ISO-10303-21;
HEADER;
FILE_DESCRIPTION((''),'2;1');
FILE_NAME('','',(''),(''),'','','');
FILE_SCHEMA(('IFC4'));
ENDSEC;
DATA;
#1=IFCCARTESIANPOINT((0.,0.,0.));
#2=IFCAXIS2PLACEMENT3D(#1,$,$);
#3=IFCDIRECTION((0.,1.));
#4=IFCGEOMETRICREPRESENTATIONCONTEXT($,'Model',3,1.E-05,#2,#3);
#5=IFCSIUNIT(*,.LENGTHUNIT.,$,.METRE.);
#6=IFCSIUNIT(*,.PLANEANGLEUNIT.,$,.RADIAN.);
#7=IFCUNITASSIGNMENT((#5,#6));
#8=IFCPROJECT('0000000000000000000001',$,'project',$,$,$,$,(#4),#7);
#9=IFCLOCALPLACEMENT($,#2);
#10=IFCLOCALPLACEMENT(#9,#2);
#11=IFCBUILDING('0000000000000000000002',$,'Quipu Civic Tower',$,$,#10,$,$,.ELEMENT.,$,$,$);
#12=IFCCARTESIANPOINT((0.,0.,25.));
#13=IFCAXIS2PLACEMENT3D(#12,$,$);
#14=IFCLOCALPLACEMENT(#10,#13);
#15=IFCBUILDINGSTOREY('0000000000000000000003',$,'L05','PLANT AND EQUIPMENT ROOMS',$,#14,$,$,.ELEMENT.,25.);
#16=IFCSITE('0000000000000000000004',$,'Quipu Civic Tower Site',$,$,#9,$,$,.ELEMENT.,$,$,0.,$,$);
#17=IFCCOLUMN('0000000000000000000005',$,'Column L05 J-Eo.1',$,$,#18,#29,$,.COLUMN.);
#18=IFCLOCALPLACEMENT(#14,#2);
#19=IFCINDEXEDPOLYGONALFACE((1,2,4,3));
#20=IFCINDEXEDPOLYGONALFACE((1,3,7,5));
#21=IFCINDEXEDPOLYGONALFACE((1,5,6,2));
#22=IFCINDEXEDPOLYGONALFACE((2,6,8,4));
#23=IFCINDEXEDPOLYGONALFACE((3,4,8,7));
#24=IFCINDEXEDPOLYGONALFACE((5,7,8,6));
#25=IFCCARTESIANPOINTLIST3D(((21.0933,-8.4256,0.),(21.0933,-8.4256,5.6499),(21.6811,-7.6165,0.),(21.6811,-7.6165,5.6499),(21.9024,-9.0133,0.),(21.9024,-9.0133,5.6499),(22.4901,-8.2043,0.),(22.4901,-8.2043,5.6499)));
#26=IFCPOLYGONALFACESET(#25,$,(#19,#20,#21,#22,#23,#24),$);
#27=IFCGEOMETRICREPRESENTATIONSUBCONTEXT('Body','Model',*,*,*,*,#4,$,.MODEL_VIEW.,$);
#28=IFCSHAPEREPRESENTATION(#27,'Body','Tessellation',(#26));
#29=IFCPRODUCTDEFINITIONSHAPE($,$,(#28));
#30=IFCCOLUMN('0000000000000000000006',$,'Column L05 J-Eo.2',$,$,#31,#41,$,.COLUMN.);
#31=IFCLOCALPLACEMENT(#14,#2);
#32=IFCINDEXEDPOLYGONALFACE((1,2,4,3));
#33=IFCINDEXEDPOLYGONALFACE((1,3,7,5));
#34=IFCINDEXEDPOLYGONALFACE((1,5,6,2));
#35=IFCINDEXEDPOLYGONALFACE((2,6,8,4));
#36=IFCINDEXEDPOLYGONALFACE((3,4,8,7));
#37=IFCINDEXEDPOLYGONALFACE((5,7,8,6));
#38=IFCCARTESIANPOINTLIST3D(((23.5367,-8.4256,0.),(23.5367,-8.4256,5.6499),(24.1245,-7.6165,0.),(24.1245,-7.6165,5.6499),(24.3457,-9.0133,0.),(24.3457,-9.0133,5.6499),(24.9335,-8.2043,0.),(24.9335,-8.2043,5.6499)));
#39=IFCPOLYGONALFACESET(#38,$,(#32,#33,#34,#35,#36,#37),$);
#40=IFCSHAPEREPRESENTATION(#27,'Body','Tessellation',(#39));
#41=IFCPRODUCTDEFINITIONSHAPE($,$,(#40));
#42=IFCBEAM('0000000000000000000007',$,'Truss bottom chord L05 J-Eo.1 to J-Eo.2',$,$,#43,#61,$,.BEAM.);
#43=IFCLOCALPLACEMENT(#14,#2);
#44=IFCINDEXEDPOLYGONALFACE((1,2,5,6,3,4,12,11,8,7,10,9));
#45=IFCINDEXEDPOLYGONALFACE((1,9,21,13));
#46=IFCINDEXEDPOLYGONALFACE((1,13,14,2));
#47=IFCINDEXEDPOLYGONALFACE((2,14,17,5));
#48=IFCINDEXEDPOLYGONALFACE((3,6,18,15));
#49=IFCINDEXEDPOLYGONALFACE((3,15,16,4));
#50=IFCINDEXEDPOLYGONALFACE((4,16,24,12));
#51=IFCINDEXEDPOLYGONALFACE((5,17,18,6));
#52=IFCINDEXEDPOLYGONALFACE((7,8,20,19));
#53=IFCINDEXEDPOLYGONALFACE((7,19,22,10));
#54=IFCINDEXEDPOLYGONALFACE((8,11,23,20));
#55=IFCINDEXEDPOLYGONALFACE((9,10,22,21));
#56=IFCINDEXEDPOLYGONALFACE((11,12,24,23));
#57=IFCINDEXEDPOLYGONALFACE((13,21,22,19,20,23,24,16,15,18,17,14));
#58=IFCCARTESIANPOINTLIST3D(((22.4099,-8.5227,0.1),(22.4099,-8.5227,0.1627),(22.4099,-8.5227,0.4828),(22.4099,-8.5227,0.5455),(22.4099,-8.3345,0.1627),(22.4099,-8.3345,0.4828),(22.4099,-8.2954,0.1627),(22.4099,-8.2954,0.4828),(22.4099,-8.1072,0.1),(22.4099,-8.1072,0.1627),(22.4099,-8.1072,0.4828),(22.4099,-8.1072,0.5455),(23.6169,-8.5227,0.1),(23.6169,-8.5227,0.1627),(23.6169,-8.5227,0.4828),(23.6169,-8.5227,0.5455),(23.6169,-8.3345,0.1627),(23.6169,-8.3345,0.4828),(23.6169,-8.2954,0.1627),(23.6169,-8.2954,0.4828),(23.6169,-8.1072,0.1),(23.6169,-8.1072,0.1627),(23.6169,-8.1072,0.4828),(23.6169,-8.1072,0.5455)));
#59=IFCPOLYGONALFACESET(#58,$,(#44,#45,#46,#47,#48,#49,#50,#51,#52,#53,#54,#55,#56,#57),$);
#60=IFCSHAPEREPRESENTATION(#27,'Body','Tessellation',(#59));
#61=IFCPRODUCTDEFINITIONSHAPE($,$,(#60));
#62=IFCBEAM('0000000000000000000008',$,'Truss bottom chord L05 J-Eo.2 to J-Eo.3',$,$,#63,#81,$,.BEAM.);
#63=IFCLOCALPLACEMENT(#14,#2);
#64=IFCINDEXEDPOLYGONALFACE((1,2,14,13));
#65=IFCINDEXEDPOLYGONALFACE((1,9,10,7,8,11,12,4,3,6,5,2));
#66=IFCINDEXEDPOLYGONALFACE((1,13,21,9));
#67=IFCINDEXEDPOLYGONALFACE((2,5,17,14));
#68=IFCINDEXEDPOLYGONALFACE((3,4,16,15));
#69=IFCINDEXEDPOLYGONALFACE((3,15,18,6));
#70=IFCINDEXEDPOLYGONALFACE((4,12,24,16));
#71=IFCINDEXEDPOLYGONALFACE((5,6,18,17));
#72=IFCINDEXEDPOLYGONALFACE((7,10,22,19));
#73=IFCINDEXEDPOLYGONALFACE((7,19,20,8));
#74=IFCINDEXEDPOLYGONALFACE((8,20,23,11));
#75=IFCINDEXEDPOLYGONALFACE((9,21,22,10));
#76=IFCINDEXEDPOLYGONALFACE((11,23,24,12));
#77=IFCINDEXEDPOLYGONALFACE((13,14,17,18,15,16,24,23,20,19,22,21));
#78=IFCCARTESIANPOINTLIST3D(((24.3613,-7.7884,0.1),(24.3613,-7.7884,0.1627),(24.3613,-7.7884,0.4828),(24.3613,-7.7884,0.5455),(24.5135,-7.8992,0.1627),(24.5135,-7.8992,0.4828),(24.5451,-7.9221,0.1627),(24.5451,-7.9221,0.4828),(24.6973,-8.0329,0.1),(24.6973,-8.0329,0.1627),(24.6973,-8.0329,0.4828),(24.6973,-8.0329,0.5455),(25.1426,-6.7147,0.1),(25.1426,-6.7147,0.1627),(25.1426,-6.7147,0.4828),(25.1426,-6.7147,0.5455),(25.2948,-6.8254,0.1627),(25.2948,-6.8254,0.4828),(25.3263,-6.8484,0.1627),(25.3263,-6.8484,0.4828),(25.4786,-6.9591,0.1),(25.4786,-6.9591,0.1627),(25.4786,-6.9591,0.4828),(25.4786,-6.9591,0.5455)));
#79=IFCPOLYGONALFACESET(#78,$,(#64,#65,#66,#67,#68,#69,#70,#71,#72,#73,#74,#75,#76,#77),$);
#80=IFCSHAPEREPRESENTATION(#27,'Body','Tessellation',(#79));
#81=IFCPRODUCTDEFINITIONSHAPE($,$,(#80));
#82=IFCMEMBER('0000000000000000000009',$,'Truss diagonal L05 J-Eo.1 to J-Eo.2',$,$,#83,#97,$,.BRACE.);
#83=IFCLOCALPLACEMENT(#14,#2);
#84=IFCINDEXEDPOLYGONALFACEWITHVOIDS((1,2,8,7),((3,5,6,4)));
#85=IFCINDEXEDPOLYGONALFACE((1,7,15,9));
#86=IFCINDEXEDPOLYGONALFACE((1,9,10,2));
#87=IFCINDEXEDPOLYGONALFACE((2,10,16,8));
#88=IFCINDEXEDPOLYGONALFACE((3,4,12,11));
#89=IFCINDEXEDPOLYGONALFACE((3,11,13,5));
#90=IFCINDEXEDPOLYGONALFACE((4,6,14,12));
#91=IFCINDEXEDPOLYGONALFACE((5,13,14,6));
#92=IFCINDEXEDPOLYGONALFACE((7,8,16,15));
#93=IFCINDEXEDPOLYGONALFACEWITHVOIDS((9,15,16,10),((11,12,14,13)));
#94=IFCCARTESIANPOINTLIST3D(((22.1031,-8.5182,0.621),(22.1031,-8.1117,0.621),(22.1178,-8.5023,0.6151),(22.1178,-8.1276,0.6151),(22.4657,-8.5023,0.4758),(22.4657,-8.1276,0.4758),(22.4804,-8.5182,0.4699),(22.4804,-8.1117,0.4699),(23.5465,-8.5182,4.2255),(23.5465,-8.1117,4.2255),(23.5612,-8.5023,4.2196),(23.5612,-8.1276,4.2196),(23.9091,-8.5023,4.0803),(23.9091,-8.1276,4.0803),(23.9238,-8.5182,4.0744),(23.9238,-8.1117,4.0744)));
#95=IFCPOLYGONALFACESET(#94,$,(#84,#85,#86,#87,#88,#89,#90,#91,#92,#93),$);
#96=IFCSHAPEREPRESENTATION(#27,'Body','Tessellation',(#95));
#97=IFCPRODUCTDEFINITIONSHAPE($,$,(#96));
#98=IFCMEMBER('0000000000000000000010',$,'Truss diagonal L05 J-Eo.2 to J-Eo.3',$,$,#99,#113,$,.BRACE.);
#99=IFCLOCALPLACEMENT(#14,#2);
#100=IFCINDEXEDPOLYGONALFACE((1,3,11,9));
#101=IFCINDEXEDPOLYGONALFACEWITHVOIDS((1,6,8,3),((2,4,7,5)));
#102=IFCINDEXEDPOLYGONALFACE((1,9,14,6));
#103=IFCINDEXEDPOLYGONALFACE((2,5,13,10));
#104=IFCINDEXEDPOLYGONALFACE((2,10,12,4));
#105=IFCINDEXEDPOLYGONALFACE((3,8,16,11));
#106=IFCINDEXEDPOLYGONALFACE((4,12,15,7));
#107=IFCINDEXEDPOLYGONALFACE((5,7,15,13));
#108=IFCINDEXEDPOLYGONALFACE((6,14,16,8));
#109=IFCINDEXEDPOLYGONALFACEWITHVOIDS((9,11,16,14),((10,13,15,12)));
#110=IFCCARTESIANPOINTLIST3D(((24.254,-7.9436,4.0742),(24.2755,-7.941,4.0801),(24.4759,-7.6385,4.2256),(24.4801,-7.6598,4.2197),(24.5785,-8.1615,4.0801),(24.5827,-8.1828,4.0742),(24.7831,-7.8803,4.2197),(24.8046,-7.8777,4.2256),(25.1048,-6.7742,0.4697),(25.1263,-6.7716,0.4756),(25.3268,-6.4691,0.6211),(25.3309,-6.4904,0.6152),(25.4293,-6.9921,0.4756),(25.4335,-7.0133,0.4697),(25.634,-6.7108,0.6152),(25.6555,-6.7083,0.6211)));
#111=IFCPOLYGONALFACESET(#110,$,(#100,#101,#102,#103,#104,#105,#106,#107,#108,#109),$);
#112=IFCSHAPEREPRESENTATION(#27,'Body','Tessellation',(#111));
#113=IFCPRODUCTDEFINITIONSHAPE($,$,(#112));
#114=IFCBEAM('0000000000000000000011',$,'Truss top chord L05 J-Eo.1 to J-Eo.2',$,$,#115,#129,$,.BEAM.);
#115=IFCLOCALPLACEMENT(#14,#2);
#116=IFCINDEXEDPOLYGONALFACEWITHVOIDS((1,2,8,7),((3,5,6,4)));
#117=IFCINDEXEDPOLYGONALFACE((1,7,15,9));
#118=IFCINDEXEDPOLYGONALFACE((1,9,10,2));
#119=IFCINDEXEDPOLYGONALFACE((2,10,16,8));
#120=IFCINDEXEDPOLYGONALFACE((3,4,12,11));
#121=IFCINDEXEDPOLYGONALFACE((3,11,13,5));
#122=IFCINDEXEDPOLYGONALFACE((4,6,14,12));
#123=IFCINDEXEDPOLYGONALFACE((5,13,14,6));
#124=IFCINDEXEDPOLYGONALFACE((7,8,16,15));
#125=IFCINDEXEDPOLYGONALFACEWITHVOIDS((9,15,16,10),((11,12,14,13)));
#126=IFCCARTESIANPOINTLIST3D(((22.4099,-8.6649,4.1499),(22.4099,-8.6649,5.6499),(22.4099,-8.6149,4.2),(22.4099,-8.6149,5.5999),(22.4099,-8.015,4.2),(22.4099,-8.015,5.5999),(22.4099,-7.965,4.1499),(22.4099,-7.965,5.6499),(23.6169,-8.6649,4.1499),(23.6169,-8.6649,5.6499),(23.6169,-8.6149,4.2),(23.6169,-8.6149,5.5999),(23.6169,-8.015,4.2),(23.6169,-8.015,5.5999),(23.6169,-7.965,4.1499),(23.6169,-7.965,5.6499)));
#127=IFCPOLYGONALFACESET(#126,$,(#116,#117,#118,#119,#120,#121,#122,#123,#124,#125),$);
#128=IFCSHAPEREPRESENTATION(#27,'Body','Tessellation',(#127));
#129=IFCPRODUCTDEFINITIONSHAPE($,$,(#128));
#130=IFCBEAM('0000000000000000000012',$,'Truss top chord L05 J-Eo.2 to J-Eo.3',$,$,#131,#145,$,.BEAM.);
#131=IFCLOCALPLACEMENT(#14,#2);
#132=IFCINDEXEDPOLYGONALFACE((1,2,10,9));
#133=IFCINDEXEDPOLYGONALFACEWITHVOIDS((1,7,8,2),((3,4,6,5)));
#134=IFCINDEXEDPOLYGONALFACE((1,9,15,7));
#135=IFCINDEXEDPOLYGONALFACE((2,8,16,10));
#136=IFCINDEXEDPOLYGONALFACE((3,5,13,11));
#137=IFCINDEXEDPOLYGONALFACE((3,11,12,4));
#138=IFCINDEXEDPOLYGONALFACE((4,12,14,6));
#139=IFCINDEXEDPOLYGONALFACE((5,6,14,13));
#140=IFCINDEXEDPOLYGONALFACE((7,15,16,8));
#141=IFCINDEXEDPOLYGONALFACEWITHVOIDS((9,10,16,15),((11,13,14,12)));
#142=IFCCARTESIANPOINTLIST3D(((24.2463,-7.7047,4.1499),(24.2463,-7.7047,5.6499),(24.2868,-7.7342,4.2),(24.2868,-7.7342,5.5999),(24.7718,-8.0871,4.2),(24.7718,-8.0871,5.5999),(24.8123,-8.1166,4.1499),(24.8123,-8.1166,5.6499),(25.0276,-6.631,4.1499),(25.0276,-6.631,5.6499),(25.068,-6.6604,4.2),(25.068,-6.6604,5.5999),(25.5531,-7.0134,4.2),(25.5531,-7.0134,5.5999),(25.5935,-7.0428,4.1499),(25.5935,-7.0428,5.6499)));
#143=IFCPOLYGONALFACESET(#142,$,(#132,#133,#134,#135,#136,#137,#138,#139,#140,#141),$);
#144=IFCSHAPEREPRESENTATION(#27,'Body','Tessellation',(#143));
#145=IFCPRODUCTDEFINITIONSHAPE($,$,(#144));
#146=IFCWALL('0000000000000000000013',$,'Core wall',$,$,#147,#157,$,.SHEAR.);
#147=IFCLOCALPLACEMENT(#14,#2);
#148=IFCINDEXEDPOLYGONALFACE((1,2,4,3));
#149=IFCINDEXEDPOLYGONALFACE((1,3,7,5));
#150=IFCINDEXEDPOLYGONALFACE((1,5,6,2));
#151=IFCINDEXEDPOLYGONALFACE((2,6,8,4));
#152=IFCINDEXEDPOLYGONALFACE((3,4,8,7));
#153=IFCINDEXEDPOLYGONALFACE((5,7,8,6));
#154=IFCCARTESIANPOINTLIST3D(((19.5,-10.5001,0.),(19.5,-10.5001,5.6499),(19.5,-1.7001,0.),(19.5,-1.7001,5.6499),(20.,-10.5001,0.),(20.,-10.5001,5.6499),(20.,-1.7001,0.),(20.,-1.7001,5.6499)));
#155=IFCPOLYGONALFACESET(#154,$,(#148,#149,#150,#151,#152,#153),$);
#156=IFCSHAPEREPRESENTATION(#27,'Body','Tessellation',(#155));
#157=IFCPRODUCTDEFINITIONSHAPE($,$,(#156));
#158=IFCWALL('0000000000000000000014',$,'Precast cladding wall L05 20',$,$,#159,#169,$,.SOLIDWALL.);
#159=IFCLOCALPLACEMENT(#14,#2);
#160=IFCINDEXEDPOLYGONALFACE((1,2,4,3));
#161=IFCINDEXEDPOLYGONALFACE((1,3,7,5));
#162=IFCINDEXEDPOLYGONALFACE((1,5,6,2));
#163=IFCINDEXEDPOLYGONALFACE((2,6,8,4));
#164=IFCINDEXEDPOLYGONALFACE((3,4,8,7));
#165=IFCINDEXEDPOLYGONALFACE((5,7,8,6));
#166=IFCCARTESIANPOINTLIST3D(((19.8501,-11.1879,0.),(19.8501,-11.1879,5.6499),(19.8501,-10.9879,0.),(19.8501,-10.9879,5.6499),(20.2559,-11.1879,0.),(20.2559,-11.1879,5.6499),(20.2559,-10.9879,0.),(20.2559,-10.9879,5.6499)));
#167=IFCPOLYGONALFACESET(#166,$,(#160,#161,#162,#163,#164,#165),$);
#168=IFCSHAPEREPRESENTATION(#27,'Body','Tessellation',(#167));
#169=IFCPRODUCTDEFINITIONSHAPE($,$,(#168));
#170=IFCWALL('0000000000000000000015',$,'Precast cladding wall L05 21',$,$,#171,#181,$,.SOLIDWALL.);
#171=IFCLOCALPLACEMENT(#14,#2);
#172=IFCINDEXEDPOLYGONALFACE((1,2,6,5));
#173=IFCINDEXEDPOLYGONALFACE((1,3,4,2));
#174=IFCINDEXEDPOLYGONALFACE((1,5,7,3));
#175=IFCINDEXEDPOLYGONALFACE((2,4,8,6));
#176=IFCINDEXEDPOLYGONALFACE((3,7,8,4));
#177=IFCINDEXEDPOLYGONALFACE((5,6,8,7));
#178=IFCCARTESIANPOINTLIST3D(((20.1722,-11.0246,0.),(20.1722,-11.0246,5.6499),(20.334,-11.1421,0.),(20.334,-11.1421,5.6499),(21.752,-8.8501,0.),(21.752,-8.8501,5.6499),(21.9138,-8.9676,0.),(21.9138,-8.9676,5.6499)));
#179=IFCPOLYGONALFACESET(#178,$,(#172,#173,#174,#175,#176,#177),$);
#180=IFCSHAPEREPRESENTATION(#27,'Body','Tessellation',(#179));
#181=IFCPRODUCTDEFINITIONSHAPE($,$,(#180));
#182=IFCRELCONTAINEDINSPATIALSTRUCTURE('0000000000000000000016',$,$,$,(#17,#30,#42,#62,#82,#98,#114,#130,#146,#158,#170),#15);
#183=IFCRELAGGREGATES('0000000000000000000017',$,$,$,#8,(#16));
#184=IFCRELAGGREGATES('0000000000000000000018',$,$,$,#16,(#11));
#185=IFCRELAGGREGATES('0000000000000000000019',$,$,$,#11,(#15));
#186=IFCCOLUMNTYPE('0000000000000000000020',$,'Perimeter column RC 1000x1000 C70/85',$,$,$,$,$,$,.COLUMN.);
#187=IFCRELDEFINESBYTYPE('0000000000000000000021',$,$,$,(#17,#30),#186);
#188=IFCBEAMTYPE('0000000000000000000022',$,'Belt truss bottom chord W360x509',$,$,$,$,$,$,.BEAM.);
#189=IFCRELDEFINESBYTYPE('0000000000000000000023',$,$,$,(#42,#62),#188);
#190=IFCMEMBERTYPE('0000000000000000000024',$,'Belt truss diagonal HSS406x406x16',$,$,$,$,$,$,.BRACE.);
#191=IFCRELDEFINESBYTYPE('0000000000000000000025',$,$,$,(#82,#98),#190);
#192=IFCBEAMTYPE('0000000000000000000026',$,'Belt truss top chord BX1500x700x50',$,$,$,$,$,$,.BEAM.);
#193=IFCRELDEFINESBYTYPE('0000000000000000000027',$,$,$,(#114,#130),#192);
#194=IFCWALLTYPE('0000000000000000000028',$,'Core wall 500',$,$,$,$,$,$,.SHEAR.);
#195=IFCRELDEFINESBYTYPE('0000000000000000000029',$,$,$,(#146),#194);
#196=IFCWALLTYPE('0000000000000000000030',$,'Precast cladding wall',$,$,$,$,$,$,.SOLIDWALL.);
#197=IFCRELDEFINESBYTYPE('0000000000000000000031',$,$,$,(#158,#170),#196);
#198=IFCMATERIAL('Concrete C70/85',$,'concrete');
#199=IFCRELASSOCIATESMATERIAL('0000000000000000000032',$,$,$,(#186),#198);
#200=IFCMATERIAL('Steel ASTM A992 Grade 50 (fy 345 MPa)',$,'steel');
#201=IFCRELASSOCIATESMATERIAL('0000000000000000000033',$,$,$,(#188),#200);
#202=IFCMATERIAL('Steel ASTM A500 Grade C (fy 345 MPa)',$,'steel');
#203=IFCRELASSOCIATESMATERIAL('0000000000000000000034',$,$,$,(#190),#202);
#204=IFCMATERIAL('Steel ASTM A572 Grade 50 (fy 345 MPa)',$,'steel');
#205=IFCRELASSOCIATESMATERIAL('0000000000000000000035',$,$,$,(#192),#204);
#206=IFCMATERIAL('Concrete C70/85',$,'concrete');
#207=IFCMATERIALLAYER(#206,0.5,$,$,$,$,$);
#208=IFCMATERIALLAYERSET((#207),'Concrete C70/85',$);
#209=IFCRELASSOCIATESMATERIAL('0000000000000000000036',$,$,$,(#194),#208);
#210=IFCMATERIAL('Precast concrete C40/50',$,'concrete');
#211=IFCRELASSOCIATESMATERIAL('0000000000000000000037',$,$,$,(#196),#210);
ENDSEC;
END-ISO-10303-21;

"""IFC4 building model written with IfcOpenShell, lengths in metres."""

from ifc_helpers import new_model, si_unit, direction, frame, frame_2d, origin, origin_2d, place, context, subcontext, project, spatial, rectangle, hollow_rectangle, i_section, extrude, material, layer, layer_set, material_profile, profile_set, type_object, element, save


model = new_model("IFC4")

# Units and contexts
model_context = context("Model", 3, precision=1e-05, world=origin(), true_north=direction((0.0, 1.0)))
body_context = subcontext(model_context, "Body", "Model", "MODEL_VIEW")
ifc_project = project(units=[si_unit("LENGTHUNIT", "METRE"), si_unit("PLANEANGLEUNIT", "RADIAN")], contexts=[model_context])

# Site, building, storey
site_placement = place(None, origin())
site = spatial("IfcSite", under=ifc_project, at=site_placement, Name="Quipu Civic Tower Site", CompositionType="ELEMENT", RefElevation=0.0)
building_placement = place(site_placement, origin())
building = spatial("IfcBuilding", under=site, at=building_placement, Name="Quipu Civic Tower", CompositionType="ELEMENT")
storey_placement = place(building_placement, frame((0.0, 0.0, 25.0)))
storey = spatial("IfcBuildingStorey", under=building, at=storey_placement, Name="L05", Description="PLANT AND EQUIPMENT ROOMS", CompositionType="ELEMENT", Elevation=25.0)

# Columns
ifc_material_1 = material(Name="Concrete C70/85", Category="concrete")
ifc_material_profile_1 = material_profile(ifc_material_1, rectangle(XDim=1.0, YDim=1.0, at=origin_2d()), Name="RC1000x1000")
ifc_profile_set_1 = profile_set([ifc_material_profile_1], Name="Concrete C70/85")
column_type = type_object("IfcColumnType", Name="Perimeter column RC 1000x1000 C70/85", PredefinedType="COLUMN", material=ifc_profile_set_1)
for number, where, z_axis, x_axis, name in (
    (1, (21.7917, -8.3149, 0.0), (0.0, 0.0, 1.0), (0.587785, 0.809017, 0.0), "Column L05 J-Eo.1"),
    (2, (24.2351, -8.3149, 0.0), (0.0, 0.0, 1.0), (0.587785, 0.809017, 0.0), "Column L05 J-Eo.2"),
):
    element("IfcColumn", number, at=place(storey_placement, frame(where, z_axis=z_axis, x_axis=x_axis)), inside=storey, type_object=column_type, Name=name, PredefinedType="COLUMN", context=body_context, shape_type="SweptSolid", body=[
        extrude(rectangle(XDim=1.0, YDim=1.0, at=origin_2d()), origin(), (0.0, 0.0, 1.0), 5.6499),
    ])

# Beams
ifc_material_2 = material(Name="Steel ASTM A992 Grade 50 (fy 345 MPa)", Category="steel")
ifc_material_profile_2 = material_profile(ifc_material_2, i_section(OverallWidth=0.4155, OverallDepth=0.4456, WebThickness=0.0391, FlangeThickness=0.0627, at=origin_2d()), Name="W360x509")
ifc_profile_set_2 = profile_set([ifc_material_profile_2], Name="Steel ASTM A992 Grade 50 (fy 345 MPa)")
beam_type_1 = type_object("IfcBeamType", Name="Belt truss bottom chord W360x509", PredefinedType="BEAM", material=ifc_profile_set_2)
beam_1_placement = place(storey_placement, frame((22.4099, -8.3149, 0.3228), z_axis=(1.0, 0.0, 0.0), x_axis=(0.0, 1.0, 0.0)))
element("IfcBeam", 3, at=beam_1_placement, inside=storey, type_object=beam_type_1, Name="Truss bottom chord L05 J-Eo.1 to J-Eo.2", PredefinedType="BEAM", context=body_context, shape_type="SweptSolid", body=[
    extrude(i_section(OverallWidth=0.4155, OverallDepth=0.4456, WebThickness=0.0391, FlangeThickness=0.0627, at=origin_2d()), origin(), (0.0, 0.0, 1.0), 1.207),
])
beam_2_placement = place(storey_placement, frame((24.5293, -7.9106, 0.3228), z_axis=(0.588347, 0.808609, 0.0), x_axis=(-0.808609, 0.588347, 0.0)))
element("IfcBeam", 4, at=beam_2_placement, inside=storey, type_object=beam_type_1, Name="Truss bottom chord L05 J-Eo.2 to J-Eo.3", PredefinedType="BEAM", context=body_context, shape_type="SweptSolid", body=[
    extrude(i_section(OverallWidth=0.4155, OverallDepth=0.4456, WebThickness=0.0391, FlangeThickness=0.0627, at=origin_2d()), origin(), (0.0, 0.0, 1.0), 1.3279),
])

# Members
ifc_material_3 = material(Name="Steel ASTM A500 Grade C (fy 345 MPa)", Category="steel")
ifc_material_profile_3 = material_profile(ifc_material_3, hollow_rectangle(XDim=0.4065, YDim=0.4065, WallThickness=0.0159, at=origin_2d()), Name="HSS406x406x16")
ifc_profile_set_3 = profile_set([ifc_material_profile_3], Name="Steel ASTM A500 Grade C (fy 345 MPa)")
member_type = type_object("IfcMemberType", Name="Belt truss diagonal HSS406x406x16", PredefinedType="BRACE", material=ifc_profile_set_3)
member_1_placement = place(storey_placement, frame((22.2917, -8.3149, 0.5454), z_axis=(0.371738, 0.0, 0.928338), x_axis=(0.0, 1.0, 0.0)))
element("IfcMember", 5, at=member_1_placement, inside=storey, type_object=member_type, Name="Truss diagonal L05 J-Eo.1 to J-Eo.2", PredefinedType="BRACE", context=body_context, shape_type="SweptSolid", body=[
    extrude(hollow_rectangle(XDim=0.4065, YDim=0.4065, WallThickness=0.0159, at=origin_2d()), origin(), (0.0, 0.0, 1.0), 3.8828),
])
member_2_placement = place(storey_placement, frame((24.5293, -7.9106, 4.1499), z_axis=(0.219072, 0.301106, -0.928085), x_axis=(-0.808627, 0.588322, 0.0)))
element("IfcMember", 6, at=member_2_placement, inside=storey, type_object=member_type, Name="Truss diagonal L05 J-Eo.2 to J-Eo.3", PredefinedType="BRACE", context=body_context, shape_type="SweptSolid", body=[
    extrude(hollow_rectangle(XDim=0.4065, YDim=0.4065, WallThickness=0.0159, at=origin_2d()), origin(), (0.0, 0.0, 1.0), 3.8838),
])

# Beams
ifc_material_4 = material(Name="Steel ASTM A572 Grade 50 (fy 345 MPa)", Category="steel")
ifc_material_profile_4 = material_profile(ifc_material_4, hollow_rectangle(XDim=0.7, YDim=1.5, WallThickness=0.05, at=origin_2d()), Name="BX1500x700x50")
ifc_profile_set_4 = profile_set([ifc_material_profile_4], Name="Steel ASTM A572 Grade 50 (fy 345 MPa)")
beam_type_2 = type_object("IfcBeamType", Name="Belt truss top chord BX1500x700x50", PredefinedType="BEAM", material=ifc_profile_set_4)
beam_3_placement = place(storey_placement, frame((22.4099, -8.3149, 4.8999), z_axis=(1.0, 0.0, 0.0), x_axis=(0.0, 1.0, 0.0)))
element("IfcBeam", 7, at=beam_3_placement, inside=storey, type_object=beam_type_2, Name="Truss top chord L05 J-Eo.1 to J-Eo.2", PredefinedType="BEAM", context=body_context, shape_type="SweptSolid", body=[
    extrude(hollow_rectangle(XDim=0.7, YDim=1.5, WallThickness=0.05, at=origin_2d()), origin(), (0.0, 0.0, 1.0), 1.207),
])
beam_4_placement = place(storey_placement, frame((24.5293, -7.9106, 4.8999), z_axis=(0.588347, 0.808609, 0.0), x_axis=(-0.808609, 0.588347, 0.0)))
element("IfcBeam", 8, at=beam_4_placement, inside=storey, type_object=beam_type_2, Name="Truss top chord L05 J-Eo.2 to J-Eo.3", PredefinedType="BEAM", context=body_context, shape_type="SweptSolid", body=[
    extrude(hollow_rectangle(XDim=0.7, YDim=1.5, WallThickness=0.05, at=origin_2d()), origin(), (0.0, 0.0, 1.0), 1.3279),
])

# Walls
ifc_material_5 = material(Name="Concrete C70/85", Category="concrete")
ifc_layer = layer(ifc_material_5, 0.5)
ifc_layer_set = layer_set([ifc_layer], Name="Concrete C70/85")
wall_type_1 = type_object("IfcWallType", Name="Core wall 500", PredefinedType="SHEAR", material=ifc_layer_set)
wall_1_placement = place(storey_placement, frame((19.75, -10.5, 0.0), z_axis=(0.0, 0.0, 1.0), x_axis=(0.0, 1.0, 0.0)))
element("IfcWall", 9, at=wall_1_placement, inside=storey, type_object=wall_type_1, Name="Core wall", PredefinedType="SHEAR", context=body_context, shape_type="SweptSolid", body=[
    extrude(rectangle(XDim=8.8, YDim=0.5, at=frame_2d((4.3999, 0.0))), origin(), (0.0, 0.0, 1.0), 5.6499),
])
ifc_material_6 = material(Name="Precast concrete C40/50", Category="concrete")
wall_type_2 = type_object("IfcWallType", Name="Precast cladding wall", PredefinedType="SOLIDWALL", material=ifc_material_6)
wall_2_placement = place(storey_placement, frame((19.8501, -11.0879, 0.0), z_axis=(0.0, 0.0, 1.0), x_axis=(1.0, 0.0, 0.0)))
element("IfcWall", 10, at=wall_2_placement, inside=storey, type_object=wall_type_2, Name="Precast cladding wall L05 20", PredefinedType="SOLIDWALL", context=body_context, shape_type="SweptSolid", body=[
    extrude(rectangle(XDim=0.4058, YDim=0.2, at=frame_2d((0.2029, 0.0))), origin(), (0.0, 0.0, 1.0), 5.6499),
])
wall_3_placement = place(storey_placement, frame((20.2532, -11.0833, 0.0), z_axis=(0.0, 0.0, 1.0), x_axis=(0.587767, 0.809031, 0.0)))
element("IfcWall", 11, at=wall_3_placement, inside=storey, type_object=wall_type_2, Name="Precast cladding wall L05 21", PredefinedType="SOLIDWALL", context=body_context, shape_type="SweptSolid", body=[
    extrude(rectangle(XDim=2.6877, YDim=0.2, at=frame_2d((1.3438, 0.0))), origin(), (0.0, 0.0, 1.0), 5.6499),
])

save(model, "model.ifc")
